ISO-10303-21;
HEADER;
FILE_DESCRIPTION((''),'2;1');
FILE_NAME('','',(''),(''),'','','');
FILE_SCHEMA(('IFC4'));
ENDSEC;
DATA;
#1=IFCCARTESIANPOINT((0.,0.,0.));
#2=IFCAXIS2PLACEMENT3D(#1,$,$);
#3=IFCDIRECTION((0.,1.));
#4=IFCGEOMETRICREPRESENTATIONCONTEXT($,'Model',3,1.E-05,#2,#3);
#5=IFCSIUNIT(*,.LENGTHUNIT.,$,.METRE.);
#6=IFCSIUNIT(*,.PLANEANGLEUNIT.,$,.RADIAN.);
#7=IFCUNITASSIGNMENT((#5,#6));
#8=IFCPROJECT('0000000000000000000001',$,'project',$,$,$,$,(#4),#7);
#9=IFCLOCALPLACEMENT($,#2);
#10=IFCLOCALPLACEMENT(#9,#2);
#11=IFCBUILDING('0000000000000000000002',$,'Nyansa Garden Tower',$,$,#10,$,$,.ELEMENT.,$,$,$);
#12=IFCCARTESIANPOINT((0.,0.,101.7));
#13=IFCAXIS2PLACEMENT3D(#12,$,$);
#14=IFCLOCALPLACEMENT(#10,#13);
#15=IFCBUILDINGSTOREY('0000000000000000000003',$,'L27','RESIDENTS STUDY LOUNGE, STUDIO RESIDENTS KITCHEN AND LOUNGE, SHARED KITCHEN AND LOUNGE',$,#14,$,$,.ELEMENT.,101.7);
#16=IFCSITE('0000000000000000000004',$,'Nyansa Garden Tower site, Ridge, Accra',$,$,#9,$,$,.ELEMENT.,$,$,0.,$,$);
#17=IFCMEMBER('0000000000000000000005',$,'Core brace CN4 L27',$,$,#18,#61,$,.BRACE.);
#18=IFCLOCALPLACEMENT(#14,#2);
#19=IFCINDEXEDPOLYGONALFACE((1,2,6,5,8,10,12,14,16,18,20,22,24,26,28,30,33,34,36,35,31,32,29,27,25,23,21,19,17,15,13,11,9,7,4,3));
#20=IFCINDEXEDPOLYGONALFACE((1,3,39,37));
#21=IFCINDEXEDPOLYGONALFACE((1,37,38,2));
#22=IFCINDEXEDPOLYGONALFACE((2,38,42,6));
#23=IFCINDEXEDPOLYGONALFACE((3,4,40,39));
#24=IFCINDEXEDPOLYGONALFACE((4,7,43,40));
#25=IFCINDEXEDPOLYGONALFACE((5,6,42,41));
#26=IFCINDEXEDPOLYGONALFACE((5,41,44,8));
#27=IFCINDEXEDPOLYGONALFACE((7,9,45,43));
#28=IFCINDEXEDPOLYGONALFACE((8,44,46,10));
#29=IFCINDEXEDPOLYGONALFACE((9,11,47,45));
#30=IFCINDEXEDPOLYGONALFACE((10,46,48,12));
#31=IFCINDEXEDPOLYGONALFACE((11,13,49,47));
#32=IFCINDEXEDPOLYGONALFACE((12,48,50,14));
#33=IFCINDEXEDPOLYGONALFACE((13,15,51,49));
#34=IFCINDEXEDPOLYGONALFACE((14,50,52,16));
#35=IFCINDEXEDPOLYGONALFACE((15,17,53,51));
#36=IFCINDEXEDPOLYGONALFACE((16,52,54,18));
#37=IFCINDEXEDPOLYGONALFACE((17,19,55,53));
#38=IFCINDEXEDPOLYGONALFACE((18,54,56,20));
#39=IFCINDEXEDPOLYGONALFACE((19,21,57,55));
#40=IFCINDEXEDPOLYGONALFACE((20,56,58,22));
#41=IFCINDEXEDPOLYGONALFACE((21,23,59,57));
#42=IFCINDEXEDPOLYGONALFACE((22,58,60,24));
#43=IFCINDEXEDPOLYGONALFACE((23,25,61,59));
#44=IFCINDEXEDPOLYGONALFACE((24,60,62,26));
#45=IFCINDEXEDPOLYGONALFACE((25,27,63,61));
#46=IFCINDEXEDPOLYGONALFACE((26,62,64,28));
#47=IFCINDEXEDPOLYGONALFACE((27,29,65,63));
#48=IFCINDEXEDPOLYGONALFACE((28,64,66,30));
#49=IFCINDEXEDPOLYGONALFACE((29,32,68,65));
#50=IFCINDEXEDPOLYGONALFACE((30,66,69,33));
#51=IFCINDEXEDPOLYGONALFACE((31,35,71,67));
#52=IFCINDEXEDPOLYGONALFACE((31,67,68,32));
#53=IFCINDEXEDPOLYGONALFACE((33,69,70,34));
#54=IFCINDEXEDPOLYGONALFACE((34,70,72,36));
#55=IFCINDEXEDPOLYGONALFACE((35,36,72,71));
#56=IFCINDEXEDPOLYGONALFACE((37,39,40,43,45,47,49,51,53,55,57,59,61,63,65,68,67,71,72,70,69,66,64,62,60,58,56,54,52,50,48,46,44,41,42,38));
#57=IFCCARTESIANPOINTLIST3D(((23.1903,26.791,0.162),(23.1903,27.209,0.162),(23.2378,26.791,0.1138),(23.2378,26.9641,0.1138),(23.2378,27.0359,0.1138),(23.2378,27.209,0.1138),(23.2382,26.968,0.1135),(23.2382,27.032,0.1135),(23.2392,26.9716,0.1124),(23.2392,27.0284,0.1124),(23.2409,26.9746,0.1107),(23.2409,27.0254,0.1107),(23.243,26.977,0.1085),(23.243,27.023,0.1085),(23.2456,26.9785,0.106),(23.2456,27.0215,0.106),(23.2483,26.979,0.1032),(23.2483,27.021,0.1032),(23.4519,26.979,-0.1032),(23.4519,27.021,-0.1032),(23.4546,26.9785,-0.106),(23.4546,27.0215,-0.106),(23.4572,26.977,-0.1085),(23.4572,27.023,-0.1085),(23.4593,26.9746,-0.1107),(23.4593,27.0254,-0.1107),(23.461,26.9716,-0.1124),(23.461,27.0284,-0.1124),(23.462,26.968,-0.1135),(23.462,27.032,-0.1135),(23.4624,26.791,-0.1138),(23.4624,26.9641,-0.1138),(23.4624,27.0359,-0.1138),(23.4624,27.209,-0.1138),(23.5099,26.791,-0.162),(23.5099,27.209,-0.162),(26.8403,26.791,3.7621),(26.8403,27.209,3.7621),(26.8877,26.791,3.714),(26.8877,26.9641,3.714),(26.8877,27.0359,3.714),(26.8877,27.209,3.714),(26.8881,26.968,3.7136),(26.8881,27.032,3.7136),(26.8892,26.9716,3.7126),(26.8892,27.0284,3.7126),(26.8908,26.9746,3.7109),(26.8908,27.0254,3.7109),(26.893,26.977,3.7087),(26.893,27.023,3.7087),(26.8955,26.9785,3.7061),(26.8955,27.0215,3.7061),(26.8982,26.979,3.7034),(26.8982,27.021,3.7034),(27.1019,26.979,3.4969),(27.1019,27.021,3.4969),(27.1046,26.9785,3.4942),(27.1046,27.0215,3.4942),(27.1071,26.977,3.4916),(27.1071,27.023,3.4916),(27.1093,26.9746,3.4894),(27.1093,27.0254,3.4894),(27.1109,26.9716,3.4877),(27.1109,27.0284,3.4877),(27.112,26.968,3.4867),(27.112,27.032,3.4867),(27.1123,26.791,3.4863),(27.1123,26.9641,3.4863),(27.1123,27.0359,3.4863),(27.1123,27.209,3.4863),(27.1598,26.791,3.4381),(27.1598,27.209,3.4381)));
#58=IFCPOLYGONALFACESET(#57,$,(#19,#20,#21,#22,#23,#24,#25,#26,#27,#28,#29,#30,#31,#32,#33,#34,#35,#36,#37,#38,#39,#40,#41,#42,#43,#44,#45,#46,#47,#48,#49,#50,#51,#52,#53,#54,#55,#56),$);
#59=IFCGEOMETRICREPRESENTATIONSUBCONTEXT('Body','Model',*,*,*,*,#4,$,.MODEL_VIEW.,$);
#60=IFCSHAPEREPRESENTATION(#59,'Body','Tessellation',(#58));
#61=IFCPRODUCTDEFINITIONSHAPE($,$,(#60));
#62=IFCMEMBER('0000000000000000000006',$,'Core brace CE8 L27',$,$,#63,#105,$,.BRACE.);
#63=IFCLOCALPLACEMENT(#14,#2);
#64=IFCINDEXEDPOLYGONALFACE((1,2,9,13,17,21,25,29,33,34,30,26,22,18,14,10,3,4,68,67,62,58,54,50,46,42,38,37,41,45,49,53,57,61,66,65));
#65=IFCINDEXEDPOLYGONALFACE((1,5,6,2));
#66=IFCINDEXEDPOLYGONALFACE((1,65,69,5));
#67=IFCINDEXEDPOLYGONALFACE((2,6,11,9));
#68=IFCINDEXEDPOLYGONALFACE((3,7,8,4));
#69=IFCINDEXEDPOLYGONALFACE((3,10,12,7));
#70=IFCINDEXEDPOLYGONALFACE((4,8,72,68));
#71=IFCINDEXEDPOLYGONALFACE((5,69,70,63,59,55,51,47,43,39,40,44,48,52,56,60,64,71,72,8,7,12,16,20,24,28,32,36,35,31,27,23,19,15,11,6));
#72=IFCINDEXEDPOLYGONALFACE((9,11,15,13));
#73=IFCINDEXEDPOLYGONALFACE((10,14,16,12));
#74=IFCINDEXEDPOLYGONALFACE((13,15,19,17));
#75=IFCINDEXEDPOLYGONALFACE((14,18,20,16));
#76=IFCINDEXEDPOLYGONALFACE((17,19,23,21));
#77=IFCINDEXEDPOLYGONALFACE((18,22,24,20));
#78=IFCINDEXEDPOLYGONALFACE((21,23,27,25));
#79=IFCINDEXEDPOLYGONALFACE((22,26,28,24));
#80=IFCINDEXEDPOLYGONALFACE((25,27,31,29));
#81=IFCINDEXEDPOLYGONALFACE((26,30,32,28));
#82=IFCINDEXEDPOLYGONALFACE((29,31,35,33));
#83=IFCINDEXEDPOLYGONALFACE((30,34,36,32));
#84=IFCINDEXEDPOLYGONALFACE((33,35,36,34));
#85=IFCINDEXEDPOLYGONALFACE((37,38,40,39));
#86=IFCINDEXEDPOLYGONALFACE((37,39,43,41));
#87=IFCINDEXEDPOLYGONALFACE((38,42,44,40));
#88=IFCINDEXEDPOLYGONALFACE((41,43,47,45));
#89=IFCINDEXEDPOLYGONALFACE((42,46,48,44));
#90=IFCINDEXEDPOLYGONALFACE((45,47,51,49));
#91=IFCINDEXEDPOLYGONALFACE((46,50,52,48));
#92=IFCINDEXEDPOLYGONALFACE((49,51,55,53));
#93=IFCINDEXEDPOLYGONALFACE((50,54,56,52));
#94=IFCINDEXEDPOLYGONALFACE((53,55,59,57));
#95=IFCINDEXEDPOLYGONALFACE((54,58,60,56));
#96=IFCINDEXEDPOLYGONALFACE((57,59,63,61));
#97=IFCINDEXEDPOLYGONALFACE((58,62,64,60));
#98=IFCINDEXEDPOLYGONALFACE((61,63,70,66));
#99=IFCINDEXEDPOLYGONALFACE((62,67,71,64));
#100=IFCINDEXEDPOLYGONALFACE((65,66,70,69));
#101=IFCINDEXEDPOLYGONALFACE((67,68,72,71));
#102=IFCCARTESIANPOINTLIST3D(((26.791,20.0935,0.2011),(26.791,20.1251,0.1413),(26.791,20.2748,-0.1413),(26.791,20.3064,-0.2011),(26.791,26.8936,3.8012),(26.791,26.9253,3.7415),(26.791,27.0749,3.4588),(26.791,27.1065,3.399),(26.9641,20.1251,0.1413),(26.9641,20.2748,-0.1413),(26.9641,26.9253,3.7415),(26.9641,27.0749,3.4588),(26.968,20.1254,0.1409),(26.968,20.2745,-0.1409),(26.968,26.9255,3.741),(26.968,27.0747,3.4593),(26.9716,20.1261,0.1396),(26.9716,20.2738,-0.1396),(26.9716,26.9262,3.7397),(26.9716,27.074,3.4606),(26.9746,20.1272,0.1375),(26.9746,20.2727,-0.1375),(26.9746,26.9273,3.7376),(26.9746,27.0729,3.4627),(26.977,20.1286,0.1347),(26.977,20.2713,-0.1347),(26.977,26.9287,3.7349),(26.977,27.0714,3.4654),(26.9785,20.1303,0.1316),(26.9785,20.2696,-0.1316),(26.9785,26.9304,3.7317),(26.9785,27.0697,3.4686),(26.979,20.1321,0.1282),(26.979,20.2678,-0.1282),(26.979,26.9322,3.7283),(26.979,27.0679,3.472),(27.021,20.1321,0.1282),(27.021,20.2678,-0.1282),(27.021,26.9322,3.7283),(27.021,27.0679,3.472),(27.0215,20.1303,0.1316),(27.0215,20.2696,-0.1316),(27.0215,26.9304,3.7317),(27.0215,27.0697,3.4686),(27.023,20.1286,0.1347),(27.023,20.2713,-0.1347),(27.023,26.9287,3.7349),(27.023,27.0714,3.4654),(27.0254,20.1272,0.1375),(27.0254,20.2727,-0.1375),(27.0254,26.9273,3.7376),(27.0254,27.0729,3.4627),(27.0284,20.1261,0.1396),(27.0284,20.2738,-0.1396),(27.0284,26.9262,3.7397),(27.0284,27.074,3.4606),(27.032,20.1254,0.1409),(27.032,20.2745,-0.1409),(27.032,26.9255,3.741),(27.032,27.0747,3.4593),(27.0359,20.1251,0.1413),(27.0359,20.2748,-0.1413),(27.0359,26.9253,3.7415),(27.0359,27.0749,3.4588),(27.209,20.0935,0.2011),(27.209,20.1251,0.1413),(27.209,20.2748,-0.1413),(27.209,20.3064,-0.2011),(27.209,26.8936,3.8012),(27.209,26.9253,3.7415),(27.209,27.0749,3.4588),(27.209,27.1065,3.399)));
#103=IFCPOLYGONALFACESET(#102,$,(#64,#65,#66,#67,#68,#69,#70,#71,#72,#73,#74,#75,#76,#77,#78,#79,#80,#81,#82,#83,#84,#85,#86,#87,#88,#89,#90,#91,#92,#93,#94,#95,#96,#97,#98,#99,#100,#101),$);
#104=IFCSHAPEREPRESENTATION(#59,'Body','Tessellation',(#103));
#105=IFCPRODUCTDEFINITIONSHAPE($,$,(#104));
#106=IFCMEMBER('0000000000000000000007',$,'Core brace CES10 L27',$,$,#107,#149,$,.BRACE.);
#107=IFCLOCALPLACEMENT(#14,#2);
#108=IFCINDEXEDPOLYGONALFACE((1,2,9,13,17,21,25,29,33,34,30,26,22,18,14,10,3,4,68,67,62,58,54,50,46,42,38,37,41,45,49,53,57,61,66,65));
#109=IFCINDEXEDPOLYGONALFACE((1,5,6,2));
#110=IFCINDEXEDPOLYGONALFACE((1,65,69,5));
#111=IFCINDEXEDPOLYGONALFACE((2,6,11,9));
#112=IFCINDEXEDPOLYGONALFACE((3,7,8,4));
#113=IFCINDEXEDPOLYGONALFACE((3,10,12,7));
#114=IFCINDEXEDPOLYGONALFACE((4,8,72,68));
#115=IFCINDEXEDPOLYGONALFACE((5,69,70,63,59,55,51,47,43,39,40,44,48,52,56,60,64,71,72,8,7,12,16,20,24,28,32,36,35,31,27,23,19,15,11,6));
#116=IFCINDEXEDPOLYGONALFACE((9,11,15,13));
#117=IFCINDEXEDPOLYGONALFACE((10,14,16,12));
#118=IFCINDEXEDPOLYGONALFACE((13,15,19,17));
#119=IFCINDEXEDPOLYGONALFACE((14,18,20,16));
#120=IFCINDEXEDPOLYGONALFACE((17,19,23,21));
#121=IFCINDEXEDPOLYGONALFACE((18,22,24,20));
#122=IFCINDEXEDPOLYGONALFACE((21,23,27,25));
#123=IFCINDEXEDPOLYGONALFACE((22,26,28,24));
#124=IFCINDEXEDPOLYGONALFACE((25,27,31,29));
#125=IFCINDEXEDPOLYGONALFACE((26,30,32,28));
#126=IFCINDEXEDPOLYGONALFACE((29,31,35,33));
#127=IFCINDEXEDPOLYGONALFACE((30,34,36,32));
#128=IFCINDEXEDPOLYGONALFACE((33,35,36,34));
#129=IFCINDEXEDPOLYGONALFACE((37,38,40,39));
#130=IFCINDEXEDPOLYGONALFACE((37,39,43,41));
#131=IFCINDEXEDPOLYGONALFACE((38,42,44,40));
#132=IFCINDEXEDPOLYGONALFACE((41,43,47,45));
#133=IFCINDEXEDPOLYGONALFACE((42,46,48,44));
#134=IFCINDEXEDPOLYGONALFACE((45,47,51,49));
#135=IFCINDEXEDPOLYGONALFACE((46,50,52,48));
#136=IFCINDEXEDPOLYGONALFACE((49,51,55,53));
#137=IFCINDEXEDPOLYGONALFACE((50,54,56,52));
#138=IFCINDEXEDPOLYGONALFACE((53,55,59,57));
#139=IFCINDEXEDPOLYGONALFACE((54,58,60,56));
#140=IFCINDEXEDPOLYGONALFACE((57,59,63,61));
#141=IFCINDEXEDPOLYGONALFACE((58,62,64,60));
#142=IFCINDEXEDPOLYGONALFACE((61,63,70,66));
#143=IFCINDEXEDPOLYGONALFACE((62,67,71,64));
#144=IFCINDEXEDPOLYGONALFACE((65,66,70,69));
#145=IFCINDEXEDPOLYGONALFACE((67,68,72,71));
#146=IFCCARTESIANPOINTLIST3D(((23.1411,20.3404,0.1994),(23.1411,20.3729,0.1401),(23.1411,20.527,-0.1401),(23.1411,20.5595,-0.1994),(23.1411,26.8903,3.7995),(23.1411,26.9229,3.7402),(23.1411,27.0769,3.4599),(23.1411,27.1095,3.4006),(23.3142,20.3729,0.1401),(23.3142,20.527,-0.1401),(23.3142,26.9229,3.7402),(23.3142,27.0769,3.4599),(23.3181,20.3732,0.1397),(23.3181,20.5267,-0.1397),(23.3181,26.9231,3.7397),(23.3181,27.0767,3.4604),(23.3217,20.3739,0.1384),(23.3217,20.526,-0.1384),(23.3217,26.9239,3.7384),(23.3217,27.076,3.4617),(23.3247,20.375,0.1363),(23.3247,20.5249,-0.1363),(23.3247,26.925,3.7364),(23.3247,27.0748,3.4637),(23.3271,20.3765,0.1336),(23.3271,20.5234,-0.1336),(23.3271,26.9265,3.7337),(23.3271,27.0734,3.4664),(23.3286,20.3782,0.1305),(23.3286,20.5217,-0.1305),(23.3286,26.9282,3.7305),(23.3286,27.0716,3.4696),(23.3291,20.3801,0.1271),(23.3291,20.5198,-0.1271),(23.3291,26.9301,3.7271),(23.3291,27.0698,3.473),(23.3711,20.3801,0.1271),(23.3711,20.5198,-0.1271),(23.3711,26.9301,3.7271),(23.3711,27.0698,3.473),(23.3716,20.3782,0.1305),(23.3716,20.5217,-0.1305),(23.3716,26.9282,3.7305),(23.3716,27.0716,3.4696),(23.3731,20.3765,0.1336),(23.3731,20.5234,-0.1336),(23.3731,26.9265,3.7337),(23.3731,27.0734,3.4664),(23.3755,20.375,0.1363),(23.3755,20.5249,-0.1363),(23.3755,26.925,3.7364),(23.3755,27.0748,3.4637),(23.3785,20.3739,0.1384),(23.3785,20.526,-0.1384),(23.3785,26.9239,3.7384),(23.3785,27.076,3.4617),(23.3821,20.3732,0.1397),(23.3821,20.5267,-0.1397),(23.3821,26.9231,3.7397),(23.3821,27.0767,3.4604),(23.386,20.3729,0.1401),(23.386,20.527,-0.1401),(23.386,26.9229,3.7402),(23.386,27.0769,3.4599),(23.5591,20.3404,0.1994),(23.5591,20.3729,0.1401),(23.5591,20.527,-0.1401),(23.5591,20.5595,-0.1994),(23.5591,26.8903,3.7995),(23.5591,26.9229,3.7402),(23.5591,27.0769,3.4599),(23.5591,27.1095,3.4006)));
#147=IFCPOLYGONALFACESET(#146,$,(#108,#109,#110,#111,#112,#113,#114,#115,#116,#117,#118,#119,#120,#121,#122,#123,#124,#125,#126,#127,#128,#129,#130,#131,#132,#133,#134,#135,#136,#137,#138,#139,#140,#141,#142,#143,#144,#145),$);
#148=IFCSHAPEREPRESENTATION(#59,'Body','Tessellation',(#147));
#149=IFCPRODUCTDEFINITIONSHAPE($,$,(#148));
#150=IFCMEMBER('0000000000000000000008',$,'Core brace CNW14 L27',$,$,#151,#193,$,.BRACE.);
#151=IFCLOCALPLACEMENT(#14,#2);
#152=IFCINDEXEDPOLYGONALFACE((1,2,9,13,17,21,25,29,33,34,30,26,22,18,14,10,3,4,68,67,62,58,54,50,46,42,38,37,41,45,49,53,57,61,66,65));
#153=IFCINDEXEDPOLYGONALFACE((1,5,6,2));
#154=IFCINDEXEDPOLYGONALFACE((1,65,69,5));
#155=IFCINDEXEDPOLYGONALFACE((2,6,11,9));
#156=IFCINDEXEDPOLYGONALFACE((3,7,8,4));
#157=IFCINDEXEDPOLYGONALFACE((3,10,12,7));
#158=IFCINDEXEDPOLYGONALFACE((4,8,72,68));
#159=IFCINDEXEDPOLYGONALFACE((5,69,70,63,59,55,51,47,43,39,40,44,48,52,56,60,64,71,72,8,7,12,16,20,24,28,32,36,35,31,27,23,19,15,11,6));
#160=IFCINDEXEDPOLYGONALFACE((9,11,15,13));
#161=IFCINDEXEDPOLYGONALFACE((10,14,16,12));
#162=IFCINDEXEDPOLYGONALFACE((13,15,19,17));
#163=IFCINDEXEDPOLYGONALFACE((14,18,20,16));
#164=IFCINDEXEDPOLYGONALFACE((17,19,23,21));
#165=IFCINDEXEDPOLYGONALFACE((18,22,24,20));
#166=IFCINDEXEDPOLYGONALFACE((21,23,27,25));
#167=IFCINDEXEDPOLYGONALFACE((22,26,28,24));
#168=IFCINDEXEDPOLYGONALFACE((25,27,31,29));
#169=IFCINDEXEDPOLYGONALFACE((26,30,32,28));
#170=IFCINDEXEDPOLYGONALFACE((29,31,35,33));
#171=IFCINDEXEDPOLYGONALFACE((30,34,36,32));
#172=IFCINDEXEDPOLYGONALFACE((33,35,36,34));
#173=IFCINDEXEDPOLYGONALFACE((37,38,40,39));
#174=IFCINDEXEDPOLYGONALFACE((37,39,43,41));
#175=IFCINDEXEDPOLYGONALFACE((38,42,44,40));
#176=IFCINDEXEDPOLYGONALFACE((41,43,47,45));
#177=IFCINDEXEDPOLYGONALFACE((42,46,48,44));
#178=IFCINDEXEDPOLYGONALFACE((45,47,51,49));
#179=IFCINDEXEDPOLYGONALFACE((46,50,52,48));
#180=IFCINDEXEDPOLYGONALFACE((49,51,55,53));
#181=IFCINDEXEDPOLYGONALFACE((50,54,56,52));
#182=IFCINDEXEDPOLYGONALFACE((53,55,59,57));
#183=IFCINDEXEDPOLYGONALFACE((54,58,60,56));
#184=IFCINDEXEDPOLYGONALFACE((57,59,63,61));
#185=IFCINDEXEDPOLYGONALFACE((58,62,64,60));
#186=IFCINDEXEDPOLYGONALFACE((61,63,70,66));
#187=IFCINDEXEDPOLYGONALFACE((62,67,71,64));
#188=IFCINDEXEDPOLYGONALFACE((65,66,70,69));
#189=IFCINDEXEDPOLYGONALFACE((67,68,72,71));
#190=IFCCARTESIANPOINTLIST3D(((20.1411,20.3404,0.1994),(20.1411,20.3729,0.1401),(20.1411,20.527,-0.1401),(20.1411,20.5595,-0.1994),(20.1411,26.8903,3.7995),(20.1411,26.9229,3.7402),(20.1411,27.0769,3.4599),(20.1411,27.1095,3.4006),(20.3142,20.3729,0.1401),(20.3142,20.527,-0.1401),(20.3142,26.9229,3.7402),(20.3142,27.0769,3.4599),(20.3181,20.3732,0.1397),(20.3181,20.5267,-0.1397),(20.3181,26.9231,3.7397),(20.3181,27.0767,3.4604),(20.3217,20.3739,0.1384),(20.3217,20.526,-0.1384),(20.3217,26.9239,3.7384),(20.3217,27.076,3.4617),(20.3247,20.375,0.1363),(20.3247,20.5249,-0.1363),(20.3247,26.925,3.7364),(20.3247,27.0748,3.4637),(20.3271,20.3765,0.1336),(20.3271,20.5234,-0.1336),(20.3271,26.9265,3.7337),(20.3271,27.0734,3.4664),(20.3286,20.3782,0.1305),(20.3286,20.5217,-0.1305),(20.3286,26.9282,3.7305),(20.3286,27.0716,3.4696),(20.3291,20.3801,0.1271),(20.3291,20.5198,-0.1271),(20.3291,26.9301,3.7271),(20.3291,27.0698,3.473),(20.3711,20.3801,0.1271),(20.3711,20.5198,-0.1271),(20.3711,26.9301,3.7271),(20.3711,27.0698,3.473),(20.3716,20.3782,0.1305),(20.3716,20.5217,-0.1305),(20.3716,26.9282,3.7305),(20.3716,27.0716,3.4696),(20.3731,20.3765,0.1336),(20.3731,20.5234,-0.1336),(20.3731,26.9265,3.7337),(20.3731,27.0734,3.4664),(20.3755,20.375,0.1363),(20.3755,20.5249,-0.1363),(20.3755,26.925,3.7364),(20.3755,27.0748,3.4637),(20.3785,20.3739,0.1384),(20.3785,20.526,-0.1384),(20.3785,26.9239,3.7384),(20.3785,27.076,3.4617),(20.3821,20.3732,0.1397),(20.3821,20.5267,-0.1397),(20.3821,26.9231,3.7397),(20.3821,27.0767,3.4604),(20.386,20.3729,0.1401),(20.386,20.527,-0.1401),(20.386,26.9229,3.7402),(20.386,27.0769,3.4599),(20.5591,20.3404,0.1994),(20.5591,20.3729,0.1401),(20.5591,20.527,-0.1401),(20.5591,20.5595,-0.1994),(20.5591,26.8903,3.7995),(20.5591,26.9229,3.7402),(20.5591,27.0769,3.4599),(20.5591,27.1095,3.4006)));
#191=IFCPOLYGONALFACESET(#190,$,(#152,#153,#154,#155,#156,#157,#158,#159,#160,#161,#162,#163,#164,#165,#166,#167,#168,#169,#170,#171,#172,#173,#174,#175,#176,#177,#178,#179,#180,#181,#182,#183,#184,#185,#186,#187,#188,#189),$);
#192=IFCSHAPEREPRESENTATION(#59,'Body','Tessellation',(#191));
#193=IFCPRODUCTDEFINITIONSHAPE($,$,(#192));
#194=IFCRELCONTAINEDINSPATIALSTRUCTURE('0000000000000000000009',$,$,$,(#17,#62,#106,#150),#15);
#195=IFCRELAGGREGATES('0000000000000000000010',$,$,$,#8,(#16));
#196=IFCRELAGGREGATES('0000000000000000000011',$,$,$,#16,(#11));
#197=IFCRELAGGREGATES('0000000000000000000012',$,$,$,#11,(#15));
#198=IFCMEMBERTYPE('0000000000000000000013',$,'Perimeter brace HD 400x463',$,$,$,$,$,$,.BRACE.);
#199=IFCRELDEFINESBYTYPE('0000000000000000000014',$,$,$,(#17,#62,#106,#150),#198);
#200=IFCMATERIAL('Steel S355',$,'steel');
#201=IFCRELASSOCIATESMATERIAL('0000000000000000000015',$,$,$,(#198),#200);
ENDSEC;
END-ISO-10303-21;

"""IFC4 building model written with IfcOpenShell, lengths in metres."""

from ifc_helpers import new_model, si_unit, direction, frame, origin, origin_2d, place, context, subcontext, project, spatial, i_section, extrude, material, material_profile, profile_set, type_object, element, save


model = new_model("IFC4")

# Units and contexts
model_context = context("Model", 3, precision=1e-05, world=origin(), true_north=direction((0.0, 1.0)))
body_context = subcontext(model_context, "Body", "Model", "MODEL_VIEW")
ifc_project = project(units=[si_unit("LENGTHUNIT", "METRE"), si_unit("PLANEANGLEUNIT", "RADIAN")], contexts=[model_context])

# Site, building, storey
site_placement = place(None, origin())
site = spatial("IfcSite", under=ifc_project, at=site_placement, Name="Nyansa Garden Tower site, Ridge, Accra", CompositionType="ELEMENT", RefElevation=0.0)
building_placement = place(site_placement, origin())
building = spatial("IfcBuilding", under=site, at=building_placement, Name="Nyansa Garden Tower", CompositionType="ELEMENT")
storey_placement = place(building_placement, frame((0.0, 0.0, 101.7)))
storey = spatial("IfcBuildingStorey", under=building, at=storey_placement, Name="L27", Description="RESIDENTS STUDY LOUNGE, STUDIO RESIDENTS KITCHEN AND LOUNGE, SHARED KITCHEN AND LOUNGE", CompositionType="ELEMENT", Elevation=101.7)

# Members
ifc_material_1 = material(Name="Steel S355", Category="steel")
ifc_material_profile_1 = material_profile(ifc_material_1, i_section(OverallWidth=0.418, OverallDepth=0.4551, WebThickness=0.042, FlangeThickness=0.0676, FilletRadius=0.0149, at=origin_2d()), Name="HD 400x463")
ifc_profile_set_1 = profile_set([ifc_material_profile_1], Name="Steel S355")
member_type = type_object("IfcMemberType", Name="Perimeter brace HD 400x463", PredefinedType="BRACE", material=ifc_profile_set_1)
member_1_placement = place(storey_placement, frame((23.3501, 27.0, 0.0), z_axis=(0.711948, 0.0, 0.702233), x_axis=(0.0, 1.0, 0.0)))
element("IfcMember", 1, at=member_1_placement, inside=storey, type_object=member_type, Name="Core brace CN4 L27", PredefinedType="BRACE", context=body_context, shape_type="SweptSolid", body=[
    extrude(i_section(OverallWidth=0.418, OverallDepth=0.4551, WebThickness=0.042, FlangeThickness=0.0676, FilletRadius=0.0149, at=origin_2d()), origin(), (0.0, 0.0, 1.0), 5.1267),
])
member_2_placement = place(storey_placement, frame((27.0, 20.2, 0.0), z_axis=(0.0, 0.883784, 0.467895), x_axis=(-1.0, 0.0, 0.0)))
element("IfcMember", 2, at=member_2_placement, inside=storey, type_object=member_type, Name="Core brace CE8 L27", PredefinedType="BRACE", context=body_context, shape_type="SweptSolid", body=[
    extrude(i_section(OverallWidth=0.418, OverallDepth=0.4551, WebThickness=0.042, FlangeThickness=0.0676, FilletRadius=0.0149, at=origin_2d()), origin(), (0.0, 0.0, 1.0), 7.6943),
])
for number, where, z_axis, x_axis, name in (
    (3, (23.3501, 20.45, 0.0), (0.0, 0.876353, 0.481669), (-1.0, 0.0, 0.0), "Core brace CES10 L27"),
    (4, (20.3501, 20.45, 0.0), (0.0, 0.876353, 0.481669), (-1.0, 0.0, 0.0), "Core brace CNW14 L27"),
):
    element("IfcMember", number, at=place(storey_placement, frame(where, z_axis=z_axis, x_axis=x_axis)), inside=storey, type_object=member_type, Name=name, PredefinedType="BRACE", context=body_context, shape_type="SweptSolid", body=[
        extrude(i_section(OverallWidth=0.418, OverallDepth=0.4551, WebThickness=0.042, FlangeThickness=0.0676, FilletRadius=0.0149, at=origin_2d()), origin(), (0.0, 0.0, 1.0), 7.4741),
    ])

save(model, "model.ifc")
